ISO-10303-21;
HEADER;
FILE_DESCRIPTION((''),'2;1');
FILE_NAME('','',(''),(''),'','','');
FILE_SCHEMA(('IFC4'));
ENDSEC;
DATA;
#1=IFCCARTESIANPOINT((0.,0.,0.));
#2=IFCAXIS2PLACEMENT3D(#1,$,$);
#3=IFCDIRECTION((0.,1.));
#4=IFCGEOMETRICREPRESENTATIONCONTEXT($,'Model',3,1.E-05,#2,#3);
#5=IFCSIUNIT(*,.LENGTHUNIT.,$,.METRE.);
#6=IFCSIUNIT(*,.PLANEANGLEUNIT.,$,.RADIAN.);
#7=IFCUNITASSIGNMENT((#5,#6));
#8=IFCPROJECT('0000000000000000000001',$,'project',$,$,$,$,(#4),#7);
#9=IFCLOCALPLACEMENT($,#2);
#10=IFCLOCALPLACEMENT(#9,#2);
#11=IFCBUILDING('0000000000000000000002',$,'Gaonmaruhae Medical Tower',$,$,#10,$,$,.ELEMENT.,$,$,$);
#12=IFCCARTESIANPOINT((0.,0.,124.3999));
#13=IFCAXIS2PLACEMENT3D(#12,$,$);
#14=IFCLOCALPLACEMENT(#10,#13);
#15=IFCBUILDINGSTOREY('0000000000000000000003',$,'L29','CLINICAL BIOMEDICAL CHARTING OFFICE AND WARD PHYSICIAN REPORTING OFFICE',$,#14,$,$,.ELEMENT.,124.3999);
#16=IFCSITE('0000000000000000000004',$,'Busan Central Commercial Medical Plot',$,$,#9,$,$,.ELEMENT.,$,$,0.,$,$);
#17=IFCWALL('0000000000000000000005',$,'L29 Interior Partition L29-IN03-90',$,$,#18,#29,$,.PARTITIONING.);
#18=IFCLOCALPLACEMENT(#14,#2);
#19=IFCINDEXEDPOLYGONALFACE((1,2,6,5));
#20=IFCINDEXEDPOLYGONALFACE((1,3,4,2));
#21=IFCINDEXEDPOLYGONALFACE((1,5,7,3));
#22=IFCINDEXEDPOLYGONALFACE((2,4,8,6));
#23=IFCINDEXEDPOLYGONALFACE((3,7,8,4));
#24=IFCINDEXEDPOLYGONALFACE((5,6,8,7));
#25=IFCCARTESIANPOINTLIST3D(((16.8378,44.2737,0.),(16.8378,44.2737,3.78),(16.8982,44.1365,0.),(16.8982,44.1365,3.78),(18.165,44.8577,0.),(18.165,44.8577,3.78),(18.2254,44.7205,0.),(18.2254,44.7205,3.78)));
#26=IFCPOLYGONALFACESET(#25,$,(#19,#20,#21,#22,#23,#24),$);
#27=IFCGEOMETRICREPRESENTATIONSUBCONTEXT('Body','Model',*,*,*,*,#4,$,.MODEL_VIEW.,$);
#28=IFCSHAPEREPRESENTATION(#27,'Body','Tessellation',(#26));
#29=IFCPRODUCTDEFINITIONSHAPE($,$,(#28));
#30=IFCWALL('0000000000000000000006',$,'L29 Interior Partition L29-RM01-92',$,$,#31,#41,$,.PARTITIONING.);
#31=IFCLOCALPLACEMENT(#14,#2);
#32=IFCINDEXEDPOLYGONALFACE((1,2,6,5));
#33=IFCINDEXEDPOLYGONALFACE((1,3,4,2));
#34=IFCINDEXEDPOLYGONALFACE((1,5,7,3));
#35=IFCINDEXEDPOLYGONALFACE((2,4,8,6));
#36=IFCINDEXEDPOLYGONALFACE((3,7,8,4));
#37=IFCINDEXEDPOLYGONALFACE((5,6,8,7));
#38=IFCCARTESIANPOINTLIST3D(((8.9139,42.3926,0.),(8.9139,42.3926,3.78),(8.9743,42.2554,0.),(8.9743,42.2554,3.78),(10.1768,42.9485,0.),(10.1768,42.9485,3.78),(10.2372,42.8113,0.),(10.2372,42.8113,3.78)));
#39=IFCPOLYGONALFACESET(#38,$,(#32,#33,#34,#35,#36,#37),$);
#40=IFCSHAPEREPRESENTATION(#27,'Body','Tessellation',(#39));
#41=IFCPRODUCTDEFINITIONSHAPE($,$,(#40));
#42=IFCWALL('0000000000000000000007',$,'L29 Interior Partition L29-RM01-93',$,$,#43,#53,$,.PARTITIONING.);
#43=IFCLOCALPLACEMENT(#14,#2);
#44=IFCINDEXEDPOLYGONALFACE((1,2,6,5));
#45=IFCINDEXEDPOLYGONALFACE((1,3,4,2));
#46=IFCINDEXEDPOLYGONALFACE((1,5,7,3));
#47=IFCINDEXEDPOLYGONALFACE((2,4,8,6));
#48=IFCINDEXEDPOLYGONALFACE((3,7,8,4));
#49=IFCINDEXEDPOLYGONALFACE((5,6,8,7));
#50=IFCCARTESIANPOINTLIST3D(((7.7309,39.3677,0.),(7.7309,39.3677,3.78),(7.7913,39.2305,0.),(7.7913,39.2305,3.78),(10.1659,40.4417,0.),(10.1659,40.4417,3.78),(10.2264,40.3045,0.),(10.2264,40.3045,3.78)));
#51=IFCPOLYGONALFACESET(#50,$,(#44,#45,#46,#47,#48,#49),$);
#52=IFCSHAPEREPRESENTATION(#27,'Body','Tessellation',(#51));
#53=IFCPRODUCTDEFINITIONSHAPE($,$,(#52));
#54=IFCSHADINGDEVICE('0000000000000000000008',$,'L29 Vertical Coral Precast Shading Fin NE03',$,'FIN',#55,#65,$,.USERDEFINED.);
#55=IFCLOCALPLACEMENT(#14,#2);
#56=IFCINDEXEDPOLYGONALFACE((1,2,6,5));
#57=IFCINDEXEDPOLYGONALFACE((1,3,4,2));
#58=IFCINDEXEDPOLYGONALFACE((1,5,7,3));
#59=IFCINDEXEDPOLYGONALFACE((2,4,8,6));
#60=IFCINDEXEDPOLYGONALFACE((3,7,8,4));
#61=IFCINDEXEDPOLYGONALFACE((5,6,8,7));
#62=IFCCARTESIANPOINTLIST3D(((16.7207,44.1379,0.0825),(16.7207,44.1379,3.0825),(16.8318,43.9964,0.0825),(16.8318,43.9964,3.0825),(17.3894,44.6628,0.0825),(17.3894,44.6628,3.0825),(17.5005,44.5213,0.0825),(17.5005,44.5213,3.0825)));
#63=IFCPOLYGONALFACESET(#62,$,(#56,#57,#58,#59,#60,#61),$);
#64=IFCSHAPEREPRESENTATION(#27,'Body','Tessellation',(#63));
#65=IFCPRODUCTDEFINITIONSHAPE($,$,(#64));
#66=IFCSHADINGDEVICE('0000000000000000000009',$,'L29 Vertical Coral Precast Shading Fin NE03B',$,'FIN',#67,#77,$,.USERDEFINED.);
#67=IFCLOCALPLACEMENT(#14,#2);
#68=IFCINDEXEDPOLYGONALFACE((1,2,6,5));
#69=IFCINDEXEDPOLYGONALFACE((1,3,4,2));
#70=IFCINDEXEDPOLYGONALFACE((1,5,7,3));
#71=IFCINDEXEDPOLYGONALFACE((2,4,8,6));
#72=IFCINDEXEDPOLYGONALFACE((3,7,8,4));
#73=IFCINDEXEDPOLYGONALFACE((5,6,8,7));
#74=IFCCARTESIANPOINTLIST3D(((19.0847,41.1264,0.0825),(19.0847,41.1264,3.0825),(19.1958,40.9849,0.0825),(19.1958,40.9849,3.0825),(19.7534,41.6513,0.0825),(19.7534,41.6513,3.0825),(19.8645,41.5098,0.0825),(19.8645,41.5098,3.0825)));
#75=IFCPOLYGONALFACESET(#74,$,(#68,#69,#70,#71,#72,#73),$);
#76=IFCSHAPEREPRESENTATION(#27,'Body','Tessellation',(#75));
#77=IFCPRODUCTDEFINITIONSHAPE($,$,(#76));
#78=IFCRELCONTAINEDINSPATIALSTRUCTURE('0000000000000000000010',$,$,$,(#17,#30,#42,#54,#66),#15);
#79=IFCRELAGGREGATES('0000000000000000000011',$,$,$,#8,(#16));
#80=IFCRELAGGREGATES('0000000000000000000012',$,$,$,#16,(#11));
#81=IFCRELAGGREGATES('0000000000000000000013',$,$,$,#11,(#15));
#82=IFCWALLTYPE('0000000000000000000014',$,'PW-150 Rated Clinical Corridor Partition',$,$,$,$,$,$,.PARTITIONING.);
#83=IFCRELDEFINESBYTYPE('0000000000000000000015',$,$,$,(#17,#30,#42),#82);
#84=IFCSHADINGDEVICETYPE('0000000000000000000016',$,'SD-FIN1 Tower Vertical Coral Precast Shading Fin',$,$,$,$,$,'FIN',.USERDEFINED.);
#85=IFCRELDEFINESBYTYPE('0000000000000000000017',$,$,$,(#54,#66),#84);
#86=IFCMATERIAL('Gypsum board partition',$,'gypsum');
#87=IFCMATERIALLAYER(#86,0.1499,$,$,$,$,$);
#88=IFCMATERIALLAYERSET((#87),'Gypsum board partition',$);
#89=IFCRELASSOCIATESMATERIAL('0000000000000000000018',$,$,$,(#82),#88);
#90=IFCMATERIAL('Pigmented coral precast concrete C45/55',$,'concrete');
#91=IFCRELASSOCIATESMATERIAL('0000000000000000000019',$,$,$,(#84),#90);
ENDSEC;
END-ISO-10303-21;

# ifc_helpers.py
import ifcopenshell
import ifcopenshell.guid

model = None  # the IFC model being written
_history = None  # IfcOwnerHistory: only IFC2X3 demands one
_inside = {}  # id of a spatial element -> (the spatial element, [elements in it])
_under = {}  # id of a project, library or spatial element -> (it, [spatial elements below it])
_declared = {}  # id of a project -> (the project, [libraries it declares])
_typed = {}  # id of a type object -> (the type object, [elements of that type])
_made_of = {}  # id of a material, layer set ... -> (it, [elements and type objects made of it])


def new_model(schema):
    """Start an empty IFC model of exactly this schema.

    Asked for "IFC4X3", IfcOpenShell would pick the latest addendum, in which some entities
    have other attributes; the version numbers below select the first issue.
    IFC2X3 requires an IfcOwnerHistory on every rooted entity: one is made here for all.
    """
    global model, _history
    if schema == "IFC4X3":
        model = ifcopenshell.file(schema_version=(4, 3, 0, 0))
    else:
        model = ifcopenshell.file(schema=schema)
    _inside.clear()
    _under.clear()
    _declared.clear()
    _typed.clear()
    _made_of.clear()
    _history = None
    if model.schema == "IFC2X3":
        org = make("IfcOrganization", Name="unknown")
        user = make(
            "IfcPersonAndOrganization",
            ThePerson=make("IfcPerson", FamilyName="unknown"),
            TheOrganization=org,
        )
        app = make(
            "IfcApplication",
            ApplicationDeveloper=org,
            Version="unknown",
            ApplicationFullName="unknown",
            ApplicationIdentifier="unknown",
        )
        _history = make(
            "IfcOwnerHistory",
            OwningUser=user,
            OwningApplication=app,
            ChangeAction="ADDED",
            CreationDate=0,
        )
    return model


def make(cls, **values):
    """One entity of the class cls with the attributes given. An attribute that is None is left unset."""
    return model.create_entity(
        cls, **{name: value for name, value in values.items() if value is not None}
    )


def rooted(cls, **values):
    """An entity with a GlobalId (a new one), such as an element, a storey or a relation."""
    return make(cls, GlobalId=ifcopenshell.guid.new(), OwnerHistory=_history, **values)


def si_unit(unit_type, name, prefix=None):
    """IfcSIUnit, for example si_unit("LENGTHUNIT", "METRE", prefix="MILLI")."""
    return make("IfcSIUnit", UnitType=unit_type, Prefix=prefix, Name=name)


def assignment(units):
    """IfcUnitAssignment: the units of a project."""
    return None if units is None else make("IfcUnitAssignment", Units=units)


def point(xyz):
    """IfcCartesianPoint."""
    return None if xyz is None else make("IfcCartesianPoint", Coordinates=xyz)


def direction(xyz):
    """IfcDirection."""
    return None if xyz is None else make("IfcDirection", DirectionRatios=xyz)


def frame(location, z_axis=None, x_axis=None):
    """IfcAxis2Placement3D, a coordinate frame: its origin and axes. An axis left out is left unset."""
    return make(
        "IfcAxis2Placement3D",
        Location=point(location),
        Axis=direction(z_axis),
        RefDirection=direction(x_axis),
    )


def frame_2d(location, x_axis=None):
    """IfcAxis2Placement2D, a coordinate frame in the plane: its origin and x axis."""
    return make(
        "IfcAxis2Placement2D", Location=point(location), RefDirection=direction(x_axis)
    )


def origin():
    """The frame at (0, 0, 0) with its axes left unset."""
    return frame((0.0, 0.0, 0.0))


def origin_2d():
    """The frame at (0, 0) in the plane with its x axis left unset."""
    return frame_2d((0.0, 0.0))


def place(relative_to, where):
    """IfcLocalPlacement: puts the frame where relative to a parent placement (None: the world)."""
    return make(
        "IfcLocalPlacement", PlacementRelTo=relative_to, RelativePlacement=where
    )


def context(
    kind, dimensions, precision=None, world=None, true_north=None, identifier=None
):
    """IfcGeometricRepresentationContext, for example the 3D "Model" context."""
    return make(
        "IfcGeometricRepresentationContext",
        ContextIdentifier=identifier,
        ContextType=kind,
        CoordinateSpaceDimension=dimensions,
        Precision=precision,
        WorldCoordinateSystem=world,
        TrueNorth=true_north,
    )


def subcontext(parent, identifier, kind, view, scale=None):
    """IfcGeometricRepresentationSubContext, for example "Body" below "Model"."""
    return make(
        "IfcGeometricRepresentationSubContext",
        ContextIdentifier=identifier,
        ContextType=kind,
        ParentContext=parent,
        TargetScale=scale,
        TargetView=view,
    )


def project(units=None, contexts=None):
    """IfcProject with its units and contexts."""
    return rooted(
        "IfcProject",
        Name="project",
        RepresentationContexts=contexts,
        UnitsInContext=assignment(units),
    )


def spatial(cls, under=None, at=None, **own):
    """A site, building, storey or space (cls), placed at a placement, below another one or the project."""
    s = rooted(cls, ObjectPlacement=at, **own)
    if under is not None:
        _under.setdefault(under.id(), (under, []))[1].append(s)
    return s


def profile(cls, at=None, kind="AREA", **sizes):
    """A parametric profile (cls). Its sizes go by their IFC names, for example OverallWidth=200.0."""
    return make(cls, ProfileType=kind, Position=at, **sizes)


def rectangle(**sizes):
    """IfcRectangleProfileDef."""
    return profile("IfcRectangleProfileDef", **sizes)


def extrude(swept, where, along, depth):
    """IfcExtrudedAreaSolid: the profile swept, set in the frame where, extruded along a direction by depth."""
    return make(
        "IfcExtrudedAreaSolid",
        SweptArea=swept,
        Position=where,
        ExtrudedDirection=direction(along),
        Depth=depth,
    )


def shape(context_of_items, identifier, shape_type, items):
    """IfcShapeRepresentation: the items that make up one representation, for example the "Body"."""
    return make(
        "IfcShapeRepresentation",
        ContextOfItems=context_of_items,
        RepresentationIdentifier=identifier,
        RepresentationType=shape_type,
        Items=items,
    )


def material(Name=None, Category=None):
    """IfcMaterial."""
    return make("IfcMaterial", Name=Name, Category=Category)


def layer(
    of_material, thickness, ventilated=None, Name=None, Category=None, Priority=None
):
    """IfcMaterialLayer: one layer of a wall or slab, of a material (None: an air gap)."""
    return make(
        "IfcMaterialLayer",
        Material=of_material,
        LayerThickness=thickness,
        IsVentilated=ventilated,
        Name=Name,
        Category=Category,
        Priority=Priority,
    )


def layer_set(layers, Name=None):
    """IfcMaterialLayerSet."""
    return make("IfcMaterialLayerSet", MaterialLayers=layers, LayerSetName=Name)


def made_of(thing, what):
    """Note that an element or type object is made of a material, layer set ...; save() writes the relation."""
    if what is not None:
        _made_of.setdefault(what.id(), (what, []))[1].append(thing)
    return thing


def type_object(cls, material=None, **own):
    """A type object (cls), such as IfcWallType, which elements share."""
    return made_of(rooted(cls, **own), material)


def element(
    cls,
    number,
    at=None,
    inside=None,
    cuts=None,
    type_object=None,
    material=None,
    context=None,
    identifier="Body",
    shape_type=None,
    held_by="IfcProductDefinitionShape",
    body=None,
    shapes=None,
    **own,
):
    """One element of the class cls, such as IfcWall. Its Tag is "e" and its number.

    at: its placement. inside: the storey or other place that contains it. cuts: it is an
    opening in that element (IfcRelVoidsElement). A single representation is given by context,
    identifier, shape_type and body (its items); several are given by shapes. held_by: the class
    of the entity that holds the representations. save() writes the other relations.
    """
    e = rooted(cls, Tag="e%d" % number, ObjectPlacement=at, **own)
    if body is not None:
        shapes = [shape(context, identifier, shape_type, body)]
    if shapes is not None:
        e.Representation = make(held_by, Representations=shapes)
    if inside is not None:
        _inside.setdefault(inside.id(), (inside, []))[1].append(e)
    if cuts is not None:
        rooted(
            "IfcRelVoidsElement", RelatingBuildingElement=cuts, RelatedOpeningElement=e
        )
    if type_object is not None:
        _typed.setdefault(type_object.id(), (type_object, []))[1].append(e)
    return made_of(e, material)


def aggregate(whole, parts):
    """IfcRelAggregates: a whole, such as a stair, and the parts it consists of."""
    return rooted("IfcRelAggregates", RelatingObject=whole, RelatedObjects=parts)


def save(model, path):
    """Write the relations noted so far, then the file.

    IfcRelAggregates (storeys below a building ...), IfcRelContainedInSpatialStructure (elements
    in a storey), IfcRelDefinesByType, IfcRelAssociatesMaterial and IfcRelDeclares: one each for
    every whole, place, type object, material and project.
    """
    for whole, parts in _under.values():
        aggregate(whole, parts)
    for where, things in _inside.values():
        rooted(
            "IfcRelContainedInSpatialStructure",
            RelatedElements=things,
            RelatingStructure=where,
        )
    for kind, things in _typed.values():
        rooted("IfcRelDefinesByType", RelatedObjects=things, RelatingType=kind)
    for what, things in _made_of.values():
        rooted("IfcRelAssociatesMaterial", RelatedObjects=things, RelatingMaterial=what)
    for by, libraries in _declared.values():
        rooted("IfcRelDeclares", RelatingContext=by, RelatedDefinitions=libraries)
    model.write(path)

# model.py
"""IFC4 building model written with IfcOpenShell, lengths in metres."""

from ifc_helpers import new_model, si_unit, direction, frame, frame_2d, origin, origin_2d, place, context, subcontext, project, spatial, rectangle, extrude, material, layer, layer_set, type_object, element, save


model = new_model("IFC4")

# Units and contexts
model_context = context("Model", 3, precision=1e-05, world=origin(), true_north=direction((0.0, 1.0)))
body_context = subcontext(model_context, "Body", "Model", "MODEL_VIEW")
ifc_project = project(units=[si_unit("LENGTHUNIT", "METRE"), si_unit("PLANEANGLEUNIT", "RADIAN")], contexts=[model_context])

# Site, building, storey
site_placement = place(None, origin())
site = spatial("IfcSite", under=ifc_project, at=site_placement, Name="Busan Central Commercial Medical Plot", CompositionType="ELEMENT", RefElevation=0.0)
building_placement = place(site_placement, origin())
building = spatial("IfcBuilding", under=site, at=building_placement, Name="Gaonmaruhae Medical Tower", CompositionType="ELEMENT")
storey_placement = place(building_placement, frame((0.0, 0.0, 124.3999)))
storey = spatial("IfcBuildingStorey", under=building, at=storey_placement, Name="L29", Description="CLINICAL BIOMEDICAL CHARTING OFFICE AND WARD PHYSICIAN REPORTING OFFICE", CompositionType="ELEMENT", Elevation=124.3999)

# Shared definitions
ifc_material_1 = material(Name="Gypsum board partition", Category="gypsum")
ifc_layer_1 = layer(ifc_material_1, 0.1499)
ifc_layer_set_1 = layer_set([ifc_layer_1], Name="Gypsum board partition")
wall_type_1 = type_object("IfcWallType", Name="PW-150 Rated Clinical Corridor Partition", PredefinedType="PARTITIONING", material=ifc_layer_set_1)

# Walls
wall_1_placement = place(storey_placement, frame((16.8679, 44.2051, 0.0), z_axis=(0.0, 0.0, 1.0), x_axis=(0.915305, 0.402761, 0.0)))
element("IfcWall", 1, at=wall_1_placement, inside=storey, type_object=wall_type_1, Name="L29 Interior Partition L29-IN03-90", PredefinedType="PARTITIONING", context=body_context, shape_type="SweptSolid", body=[
    extrude(rectangle(XDim=1.45, YDim=0.1499, at=frame_2d((0.7251, 0.0))), origin(), (0.0, 0.0, 1.0), 3.78),
])
wall_2_placement = place(storey_placement, frame((8.9441, 42.324, 0.0), z_axis=(0.0, 0.0, 1.0), x_axis=(0.915258, 0.402869, 0.0)))
element("IfcWall", 2, at=wall_2_placement, inside=storey, type_object=wall_type_1, Name="L29 Interior Partition L29-RM01-92", PredefinedType="PARTITIONING", context=body_context, shape_type="SweptSolid", body=[
    extrude(rectangle(XDim=1.3799, YDim=0.1499, at=frame_2d((0.6899, 0.0))), origin(), (0.0, 0.0, 1.0), 3.78),
])
wall_3_placement = place(storey_placement, frame((10.196, 40.373, 0.0), z_axis=(0.0, 0.0, 1.0), x_axis=(-0.914962, -0.403541, 0.0)))
element("IfcWall", 3, at=wall_3_placement, inside=storey, type_object=wall_type_1, Name="L29 Interior Partition L29-RM01-93", PredefinedType="PARTITIONING", context=body_context, shape_type="SweptSolid", body=[
    extrude(rectangle(XDim=2.6614, YDim=0.1499, at=frame_2d((1.3306, 0.0))), origin(), (0.0, 0.0, 1.0), 3.78),
])

# Shading devices
ifc_material_2 = material(Name="Pigmented coral precast concrete C45/55", Category="concrete")
shading_device_type = type_object("IfcShadingDeviceType", Name="SD-FIN1 Tower Vertical Coral Precast Shading Fin", ElementType="FIN", PredefinedType="USERDEFINED", material=ifc_material_2)
for number, where, z_axis, x_axis, name in (
    (4, (17.1106, 44.3296, 0.0825), (0.0, 0.0, 1.0), (0.617462, -0.786601, 0.0), "L29 Vertical Coral Precast Shading Fin NE03"),
    (5, (19.4746, 41.3181, 0.0825), (0.0, 0.0, 1.0), (0.617462, -0.786601, 0.0), "L29 Vertical Coral Precast Shading Fin NE03B"),
):
    element("IfcShadingDevice", number, at=place(storey_placement, frame(where, z_axis=z_axis, x_axis=x_axis)), inside=storey, type_object=shading_device_type, Name=name, ObjectType="FIN", PredefinedType="USERDEFINED", context=body_context, shape_type="SweptSolid", body=[
        extrude(rectangle(XDim=0.1799, YDim=0.8501, at=origin_2d()), origin(), (0.0, 0.0, 1.0), 3.0),
    ])

save(model, "model.ifc")
